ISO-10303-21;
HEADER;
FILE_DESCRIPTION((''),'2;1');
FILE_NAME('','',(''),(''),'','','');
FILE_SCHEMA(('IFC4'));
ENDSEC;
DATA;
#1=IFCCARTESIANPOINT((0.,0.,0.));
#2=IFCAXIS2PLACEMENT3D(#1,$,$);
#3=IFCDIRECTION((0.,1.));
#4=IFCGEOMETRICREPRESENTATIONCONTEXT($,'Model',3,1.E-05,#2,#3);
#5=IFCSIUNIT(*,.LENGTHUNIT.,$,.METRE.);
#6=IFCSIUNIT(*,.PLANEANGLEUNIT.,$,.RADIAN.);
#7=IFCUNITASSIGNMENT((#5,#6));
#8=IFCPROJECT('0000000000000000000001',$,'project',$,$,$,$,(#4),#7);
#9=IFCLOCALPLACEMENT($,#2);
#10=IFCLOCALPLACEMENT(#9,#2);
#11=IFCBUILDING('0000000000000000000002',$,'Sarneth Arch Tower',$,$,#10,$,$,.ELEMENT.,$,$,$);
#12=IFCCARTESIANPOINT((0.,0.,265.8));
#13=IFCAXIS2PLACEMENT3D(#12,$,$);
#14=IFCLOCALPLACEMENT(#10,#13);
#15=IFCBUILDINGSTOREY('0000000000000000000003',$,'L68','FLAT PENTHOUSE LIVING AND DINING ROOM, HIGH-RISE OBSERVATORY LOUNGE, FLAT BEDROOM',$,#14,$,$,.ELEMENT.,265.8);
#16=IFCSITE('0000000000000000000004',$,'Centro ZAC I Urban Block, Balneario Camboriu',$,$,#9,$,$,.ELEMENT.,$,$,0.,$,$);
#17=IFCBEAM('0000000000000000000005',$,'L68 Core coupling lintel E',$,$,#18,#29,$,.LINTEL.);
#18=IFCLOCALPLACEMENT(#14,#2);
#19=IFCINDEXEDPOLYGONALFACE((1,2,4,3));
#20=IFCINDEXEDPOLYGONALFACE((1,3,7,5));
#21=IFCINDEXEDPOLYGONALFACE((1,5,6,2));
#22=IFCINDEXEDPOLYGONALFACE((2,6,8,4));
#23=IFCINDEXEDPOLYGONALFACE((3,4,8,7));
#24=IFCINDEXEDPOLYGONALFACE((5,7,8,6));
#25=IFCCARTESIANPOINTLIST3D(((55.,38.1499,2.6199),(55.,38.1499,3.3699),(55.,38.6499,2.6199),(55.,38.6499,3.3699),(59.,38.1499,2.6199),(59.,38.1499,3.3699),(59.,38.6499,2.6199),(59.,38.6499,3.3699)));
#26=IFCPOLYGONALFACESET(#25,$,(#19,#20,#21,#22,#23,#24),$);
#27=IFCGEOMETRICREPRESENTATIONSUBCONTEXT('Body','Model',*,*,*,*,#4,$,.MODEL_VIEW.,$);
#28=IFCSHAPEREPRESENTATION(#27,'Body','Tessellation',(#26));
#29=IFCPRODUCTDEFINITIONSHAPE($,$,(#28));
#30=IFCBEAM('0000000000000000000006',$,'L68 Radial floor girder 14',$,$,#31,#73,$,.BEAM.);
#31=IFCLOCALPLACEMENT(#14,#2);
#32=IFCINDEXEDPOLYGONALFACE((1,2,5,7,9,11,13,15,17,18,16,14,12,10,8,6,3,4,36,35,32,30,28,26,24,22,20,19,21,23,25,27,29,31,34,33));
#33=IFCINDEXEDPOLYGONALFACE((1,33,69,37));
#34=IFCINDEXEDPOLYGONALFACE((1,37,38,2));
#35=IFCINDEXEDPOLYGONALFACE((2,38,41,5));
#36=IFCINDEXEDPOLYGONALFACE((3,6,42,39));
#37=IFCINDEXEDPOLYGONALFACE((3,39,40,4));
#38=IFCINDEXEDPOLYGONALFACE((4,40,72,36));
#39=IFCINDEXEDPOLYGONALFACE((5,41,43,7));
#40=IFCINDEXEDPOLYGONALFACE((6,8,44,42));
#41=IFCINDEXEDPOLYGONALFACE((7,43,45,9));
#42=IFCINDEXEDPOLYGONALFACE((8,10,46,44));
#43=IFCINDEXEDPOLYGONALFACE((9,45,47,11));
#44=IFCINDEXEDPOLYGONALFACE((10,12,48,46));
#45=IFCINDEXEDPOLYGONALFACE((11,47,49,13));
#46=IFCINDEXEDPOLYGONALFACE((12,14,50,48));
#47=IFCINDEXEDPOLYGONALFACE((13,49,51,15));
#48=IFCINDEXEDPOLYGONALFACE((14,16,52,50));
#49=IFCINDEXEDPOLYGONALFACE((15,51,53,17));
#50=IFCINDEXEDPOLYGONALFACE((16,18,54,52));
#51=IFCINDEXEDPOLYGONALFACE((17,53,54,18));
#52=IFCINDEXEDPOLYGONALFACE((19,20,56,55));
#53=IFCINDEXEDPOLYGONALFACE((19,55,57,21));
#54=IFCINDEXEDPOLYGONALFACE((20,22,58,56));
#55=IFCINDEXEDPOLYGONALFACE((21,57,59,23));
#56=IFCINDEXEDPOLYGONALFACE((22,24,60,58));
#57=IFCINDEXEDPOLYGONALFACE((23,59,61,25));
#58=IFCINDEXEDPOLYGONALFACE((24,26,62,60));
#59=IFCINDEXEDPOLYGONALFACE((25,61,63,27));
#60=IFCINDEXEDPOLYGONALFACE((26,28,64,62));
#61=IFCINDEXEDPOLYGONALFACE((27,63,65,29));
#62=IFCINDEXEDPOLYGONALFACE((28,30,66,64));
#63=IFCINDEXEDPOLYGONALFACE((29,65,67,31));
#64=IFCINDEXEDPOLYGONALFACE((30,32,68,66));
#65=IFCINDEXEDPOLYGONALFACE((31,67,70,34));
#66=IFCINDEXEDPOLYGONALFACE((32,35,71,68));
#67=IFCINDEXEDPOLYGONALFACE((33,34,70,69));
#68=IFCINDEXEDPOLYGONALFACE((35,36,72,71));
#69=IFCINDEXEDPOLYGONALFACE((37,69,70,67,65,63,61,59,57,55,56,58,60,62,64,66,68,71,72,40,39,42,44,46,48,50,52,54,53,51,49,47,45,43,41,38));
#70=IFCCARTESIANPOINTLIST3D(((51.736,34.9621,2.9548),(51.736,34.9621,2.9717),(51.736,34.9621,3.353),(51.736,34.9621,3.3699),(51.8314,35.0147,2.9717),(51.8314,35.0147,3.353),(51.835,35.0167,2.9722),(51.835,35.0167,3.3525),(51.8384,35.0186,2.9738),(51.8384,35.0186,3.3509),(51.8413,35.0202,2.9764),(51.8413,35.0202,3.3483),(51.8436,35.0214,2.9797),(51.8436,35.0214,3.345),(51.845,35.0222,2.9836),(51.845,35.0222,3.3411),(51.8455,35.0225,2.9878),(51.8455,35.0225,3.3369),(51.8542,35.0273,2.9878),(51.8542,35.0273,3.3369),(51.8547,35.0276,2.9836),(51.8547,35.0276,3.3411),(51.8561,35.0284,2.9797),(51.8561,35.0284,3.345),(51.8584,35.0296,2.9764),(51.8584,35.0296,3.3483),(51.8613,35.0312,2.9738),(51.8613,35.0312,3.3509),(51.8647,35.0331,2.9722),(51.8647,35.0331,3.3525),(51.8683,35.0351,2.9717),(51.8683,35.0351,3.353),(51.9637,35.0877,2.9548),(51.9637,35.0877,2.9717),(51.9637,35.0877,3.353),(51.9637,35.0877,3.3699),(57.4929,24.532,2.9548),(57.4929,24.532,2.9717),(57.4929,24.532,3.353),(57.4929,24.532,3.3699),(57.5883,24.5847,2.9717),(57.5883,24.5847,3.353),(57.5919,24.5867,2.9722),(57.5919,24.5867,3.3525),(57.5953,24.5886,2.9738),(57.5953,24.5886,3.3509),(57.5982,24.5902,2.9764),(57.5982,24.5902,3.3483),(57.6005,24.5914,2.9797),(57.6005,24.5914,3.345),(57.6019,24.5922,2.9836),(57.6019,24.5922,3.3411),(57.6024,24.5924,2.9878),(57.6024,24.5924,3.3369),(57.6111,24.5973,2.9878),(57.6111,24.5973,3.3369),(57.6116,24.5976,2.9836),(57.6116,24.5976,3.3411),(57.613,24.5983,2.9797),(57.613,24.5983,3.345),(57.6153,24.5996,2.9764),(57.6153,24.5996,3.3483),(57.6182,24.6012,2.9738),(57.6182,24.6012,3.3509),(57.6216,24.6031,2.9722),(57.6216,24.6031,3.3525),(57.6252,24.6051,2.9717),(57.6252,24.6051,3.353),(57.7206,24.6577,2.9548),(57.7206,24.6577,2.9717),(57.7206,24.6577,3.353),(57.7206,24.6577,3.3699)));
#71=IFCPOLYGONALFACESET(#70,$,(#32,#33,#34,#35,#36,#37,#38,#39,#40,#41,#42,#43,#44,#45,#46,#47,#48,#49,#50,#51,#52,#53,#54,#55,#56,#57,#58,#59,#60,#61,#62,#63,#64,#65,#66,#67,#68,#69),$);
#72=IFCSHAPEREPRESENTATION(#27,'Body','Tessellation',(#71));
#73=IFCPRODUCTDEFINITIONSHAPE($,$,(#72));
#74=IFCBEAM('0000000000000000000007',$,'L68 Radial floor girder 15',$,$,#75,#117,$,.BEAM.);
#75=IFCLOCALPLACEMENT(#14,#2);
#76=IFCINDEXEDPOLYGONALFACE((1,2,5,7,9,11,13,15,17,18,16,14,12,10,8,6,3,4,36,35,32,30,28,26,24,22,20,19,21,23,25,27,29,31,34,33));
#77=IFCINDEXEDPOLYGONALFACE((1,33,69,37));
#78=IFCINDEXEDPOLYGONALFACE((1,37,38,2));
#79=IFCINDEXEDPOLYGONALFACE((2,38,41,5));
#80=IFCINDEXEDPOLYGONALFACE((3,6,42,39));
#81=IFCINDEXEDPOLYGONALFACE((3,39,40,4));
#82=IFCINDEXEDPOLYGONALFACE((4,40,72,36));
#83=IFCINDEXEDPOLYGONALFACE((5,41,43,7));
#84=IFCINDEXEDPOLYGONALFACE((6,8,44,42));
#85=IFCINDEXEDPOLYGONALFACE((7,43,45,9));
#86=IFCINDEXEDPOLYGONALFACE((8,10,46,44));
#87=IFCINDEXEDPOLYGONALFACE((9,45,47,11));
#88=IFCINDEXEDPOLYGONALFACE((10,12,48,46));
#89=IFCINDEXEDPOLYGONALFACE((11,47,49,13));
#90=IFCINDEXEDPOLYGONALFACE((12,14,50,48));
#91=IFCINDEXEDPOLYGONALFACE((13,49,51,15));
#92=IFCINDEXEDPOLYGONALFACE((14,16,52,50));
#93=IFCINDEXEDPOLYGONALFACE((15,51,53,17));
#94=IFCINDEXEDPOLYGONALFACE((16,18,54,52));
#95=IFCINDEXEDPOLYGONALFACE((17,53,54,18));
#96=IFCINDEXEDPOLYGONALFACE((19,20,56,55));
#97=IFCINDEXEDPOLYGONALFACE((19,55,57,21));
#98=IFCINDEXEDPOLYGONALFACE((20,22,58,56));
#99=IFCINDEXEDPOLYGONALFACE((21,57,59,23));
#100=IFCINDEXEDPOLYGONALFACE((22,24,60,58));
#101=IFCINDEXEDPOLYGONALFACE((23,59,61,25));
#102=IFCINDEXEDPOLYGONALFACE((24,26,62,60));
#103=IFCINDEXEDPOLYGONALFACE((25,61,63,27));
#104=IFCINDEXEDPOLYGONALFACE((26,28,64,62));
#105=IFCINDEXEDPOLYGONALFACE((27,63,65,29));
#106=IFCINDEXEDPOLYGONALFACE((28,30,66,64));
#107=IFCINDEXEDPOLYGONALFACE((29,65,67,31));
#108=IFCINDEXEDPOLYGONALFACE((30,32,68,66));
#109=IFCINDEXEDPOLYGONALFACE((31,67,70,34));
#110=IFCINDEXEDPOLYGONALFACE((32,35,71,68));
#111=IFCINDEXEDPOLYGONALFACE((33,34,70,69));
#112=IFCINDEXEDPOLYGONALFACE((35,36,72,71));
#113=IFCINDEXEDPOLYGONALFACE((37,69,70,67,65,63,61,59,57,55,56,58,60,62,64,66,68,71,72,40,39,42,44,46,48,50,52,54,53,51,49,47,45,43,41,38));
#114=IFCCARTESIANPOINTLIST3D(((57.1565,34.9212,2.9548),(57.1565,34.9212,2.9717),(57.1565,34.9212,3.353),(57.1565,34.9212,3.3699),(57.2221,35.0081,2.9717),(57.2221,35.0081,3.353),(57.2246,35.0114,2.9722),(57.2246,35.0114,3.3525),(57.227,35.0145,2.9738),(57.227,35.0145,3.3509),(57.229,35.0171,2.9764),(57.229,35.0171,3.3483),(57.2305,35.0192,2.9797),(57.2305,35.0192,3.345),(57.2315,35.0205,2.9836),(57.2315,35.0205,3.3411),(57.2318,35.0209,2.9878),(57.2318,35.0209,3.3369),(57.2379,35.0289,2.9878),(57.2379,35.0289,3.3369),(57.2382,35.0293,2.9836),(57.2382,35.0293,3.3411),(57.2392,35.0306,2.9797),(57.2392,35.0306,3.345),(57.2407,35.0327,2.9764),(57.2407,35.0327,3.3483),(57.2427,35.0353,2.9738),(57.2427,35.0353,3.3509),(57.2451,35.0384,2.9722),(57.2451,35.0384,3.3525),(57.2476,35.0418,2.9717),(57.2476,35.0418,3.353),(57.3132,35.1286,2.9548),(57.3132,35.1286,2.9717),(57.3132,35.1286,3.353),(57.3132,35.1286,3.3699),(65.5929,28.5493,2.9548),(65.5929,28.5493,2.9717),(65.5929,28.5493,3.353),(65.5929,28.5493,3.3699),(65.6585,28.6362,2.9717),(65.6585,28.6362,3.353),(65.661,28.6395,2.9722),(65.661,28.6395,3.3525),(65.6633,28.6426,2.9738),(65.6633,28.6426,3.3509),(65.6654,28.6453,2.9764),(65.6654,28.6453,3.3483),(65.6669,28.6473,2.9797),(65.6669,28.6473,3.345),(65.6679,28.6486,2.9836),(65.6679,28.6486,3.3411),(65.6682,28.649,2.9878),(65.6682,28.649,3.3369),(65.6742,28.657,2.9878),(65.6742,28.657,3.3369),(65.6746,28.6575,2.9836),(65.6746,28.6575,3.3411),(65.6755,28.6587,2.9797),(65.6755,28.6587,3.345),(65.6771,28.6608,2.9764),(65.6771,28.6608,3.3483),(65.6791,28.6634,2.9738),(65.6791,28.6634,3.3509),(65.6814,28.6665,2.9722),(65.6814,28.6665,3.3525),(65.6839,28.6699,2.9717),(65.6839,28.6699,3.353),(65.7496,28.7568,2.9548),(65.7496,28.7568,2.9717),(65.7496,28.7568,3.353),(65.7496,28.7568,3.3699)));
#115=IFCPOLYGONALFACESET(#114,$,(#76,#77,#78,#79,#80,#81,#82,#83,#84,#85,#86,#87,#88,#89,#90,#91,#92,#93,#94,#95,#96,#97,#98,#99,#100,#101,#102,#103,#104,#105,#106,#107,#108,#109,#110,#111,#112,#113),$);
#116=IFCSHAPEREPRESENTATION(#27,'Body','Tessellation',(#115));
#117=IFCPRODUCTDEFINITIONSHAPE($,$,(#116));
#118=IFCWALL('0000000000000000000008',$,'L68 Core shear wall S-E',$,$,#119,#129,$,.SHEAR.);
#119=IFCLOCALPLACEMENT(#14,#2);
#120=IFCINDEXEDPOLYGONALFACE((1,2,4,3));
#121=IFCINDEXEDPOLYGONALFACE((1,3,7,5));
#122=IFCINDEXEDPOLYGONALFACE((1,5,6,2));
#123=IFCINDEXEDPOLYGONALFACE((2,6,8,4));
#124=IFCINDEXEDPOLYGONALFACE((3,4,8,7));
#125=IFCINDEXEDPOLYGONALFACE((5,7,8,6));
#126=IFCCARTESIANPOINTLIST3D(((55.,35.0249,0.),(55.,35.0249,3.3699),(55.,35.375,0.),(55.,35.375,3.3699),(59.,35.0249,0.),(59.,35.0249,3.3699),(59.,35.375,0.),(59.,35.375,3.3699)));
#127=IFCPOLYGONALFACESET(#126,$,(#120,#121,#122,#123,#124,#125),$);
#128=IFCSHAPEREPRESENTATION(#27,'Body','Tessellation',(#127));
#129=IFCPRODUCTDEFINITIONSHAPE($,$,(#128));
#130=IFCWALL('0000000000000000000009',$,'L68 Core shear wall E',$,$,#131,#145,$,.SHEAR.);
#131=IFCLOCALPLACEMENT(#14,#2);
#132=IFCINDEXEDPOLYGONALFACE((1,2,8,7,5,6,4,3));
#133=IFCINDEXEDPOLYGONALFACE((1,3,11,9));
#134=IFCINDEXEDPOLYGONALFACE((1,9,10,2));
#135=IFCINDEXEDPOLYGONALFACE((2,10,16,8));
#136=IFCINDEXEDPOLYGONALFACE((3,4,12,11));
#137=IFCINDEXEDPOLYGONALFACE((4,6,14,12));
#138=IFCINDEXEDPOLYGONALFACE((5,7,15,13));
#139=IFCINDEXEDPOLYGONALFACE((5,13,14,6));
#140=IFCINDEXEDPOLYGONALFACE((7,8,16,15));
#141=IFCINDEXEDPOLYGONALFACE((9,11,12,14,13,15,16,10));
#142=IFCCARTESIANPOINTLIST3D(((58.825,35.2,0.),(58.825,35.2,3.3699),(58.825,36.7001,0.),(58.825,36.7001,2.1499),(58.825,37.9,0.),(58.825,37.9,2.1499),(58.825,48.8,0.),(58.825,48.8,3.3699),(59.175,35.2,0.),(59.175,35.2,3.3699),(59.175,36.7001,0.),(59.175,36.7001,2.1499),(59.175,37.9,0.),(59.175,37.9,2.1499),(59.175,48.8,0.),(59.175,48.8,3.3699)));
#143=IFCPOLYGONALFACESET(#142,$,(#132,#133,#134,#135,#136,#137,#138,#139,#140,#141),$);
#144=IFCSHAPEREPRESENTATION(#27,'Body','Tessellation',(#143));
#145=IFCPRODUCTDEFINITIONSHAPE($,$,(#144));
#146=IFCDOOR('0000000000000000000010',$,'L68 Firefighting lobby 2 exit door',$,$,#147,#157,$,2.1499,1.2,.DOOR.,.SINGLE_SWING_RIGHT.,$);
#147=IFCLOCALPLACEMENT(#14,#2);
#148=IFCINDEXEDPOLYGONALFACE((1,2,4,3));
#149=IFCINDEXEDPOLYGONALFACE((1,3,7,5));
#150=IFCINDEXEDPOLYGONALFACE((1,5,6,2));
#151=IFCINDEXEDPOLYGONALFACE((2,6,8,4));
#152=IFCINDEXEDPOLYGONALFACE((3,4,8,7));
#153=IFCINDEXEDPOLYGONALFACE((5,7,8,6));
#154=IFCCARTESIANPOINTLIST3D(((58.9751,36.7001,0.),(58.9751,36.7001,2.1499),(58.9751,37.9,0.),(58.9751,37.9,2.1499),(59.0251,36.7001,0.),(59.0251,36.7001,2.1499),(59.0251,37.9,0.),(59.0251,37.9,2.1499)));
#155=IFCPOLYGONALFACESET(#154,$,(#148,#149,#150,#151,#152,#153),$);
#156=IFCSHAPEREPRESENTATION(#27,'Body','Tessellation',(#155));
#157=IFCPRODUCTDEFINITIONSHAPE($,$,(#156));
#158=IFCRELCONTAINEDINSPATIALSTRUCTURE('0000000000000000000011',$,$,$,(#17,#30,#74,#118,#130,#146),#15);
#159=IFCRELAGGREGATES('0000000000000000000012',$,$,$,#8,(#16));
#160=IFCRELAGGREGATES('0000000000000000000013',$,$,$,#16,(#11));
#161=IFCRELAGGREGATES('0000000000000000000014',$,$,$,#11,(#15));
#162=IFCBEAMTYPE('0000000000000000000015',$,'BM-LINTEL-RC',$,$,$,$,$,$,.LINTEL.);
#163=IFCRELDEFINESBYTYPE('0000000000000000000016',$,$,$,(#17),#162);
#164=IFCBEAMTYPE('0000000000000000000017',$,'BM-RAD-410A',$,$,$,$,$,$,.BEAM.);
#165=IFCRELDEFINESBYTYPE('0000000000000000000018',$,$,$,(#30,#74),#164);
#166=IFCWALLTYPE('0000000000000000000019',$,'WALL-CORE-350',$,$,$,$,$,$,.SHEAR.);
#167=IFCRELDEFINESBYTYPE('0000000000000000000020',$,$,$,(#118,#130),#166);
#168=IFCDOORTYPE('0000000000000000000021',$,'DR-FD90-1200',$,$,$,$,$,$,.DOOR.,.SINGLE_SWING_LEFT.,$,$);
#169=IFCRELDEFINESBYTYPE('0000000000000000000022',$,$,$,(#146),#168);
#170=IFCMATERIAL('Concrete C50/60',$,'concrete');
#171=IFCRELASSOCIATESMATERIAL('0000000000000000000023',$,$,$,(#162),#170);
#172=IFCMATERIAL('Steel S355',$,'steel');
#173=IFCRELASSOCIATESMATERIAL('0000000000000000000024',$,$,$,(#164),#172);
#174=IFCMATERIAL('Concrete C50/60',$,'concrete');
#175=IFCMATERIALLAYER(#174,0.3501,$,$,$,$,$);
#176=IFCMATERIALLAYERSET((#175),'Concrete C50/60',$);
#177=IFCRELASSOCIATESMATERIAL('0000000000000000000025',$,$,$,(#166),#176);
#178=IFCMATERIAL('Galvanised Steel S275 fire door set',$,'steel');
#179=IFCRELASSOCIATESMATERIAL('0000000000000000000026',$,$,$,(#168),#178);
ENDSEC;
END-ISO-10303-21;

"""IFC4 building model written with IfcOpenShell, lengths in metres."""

from ifc_helpers import new_model, si_unit, direction, frame, frame_2d, origin, origin_2d, place, context, subcontext, project, spatial, rectangle, i_section, extrude, material, layer, layer_set, material_profile, profile_set, type_object, element, fill, save


model = new_model("IFC4")

# Units and contexts
model_context = context("Model", 3, precision=1e-05, world=origin(), true_north=direction((0.0, 1.0)))
body_context = subcontext(model_context, "Body", "Model", "MODEL_VIEW")
ifc_project = project(units=[si_unit("LENGTHUNIT", "METRE"), si_unit("PLANEANGLEUNIT", "RADIAN")], contexts=[model_context])

# Site, building, storey
site_placement = place(None, origin())
site = spatial("IfcSite", under=ifc_project, at=site_placement, Name="Centro ZAC I Urban Block, Balneario Camboriu", CompositionType="ELEMENT", RefElevation=0.0)
building_placement = place(site_placement, origin())
building = spatial("IfcBuilding", under=site, at=building_placement, Name="Sarneth Arch Tower", CompositionType="ELEMENT")
storey_placement = place(building_placement, frame((0.0, 0.0, 265.8)))
storey = spatial("IfcBuildingStorey", under=building, at=storey_placement, Name="L68", Description="FLAT PENTHOUSE LIVING AND DINING ROOM, HIGH-RISE OBSERVATORY LOUNGE, FLAT BEDROOM", CompositionType="ELEMENT", Elevation=265.8)

# Beams
ifc_material_1 = material(Name="Concrete C50/60", Category="concrete")
ifc_material_profile_1 = material_profile(ifc_material_1, rectangle(XDim=0.5, YDim=0.75, at=origin_2d()), Name="RC-500x750")
ifc_profile_set_1 = profile_set([ifc_material_profile_1], Name="Concrete C50/60")
beam_type_1 = type_object("IfcBeamType", Name="BM-LINTEL-RC", PredefinedType="LINTEL", material=ifc_profile_set_1)
beam_1_placement = place(storey_placement, frame((55.0, 38.3999, 2.9949), z_axis=(1.0, 0.0, 0.0), x_axis=(0.0, 1.0, 0.0)))
element("IfcBeam", 1, at=beam_1_placement, inside=storey, type_object=beam_type_1, Name="L68 Core coupling lintel E", PredefinedType="LINTEL", context=body_context, shape_type="SweptSolid", body=[
    extrude(rectangle(XDim=0.5, YDim=0.75, at=origin_2d()), origin(), (0.0, 0.0, 1.0), 4.0),
])
ifc_material_2 = material(Name="Steel S355", Category="steel")
ifc_material_profile_2 = material_profile(ifc_material_2, i_section(OverallWidth=0.26, OverallDepth=0.415, WebThickness=0.01, FlangeThickness=0.0168, FilletRadius=0.0161, at=origin_2d()), Name="W410x100")
ifc_profile_set_2 = profile_set([ifc_material_profile_2], Name="Steel S355")
beam_type_2 = type_object("IfcBeamType", Name="BM-RAD-410A", PredefinedType="BEAM", material=ifc_profile_set_2)
beam_2_placement = place(storey_placement, frame((51.8499, 35.0249, 3.1624), z_axis=(0.483231, -0.875493, 0.0), x_axis=(0.875493, 0.483231, 0.0)))
element("IfcBeam", 2, at=beam_2_placement, inside=storey, type_object=beam_type_2, Name="L68 Radial floor girder 14", PredefinedType="BEAM", context=body_context, shape_type="SweptSolid", body=[
    extrude(i_section(OverallWidth=0.26, OverallDepth=0.415, WebThickness=0.01, FlangeThickness=0.0168, FilletRadius=0.0161, at=origin_2d()), origin(), (0.0, 0.0, 1.0), 11.9133),
])
beam_3_placement = place(storey_placement, frame((57.2349, 35.0249, 3.1624), z_axis=(0.79797, -0.602698, 0.0), x_axis=(0.602698, 0.79797, 0.0)))
element("IfcBeam", 3, at=beam_3_placement, inside=storey, type_object=beam_type_2, Name="L68 Radial floor girder 15", PredefinedType="BEAM", context=body_context, shape_type="SweptSolid", body=[
    extrude(i_section(OverallWidth=0.26, OverallDepth=0.415, WebThickness=0.01, FlangeThickness=0.0168, FilletRadius=0.0161, at=origin_2d()), origin(), (0.0, 0.0, 1.0), 10.5723),
])

# Wall
ifc_material_3 = material(Name="Concrete C50/60", Category="concrete")
ifc_layer_1 = layer(ifc_material_3, 0.3501)
ifc_layer_set_1 = layer_set([ifc_layer_1], Name="Concrete C50/60")
wall_type_1 = type_object("IfcWallType", Name="WALL-CORE-350", PredefinedType="SHEAR", material=ifc_layer_set_1)
wall_1_placement = place(storey_placement, frame((55.0, 35.2, 0.0), z_axis=(0.0, 0.0, 1.0), x_axis=(1.0, 0.0, 0.0)))
element("IfcWall", 4, at=wall_1_placement, inside=storey, type_object=wall_type_1, Name="L68 Core shear wall S-E", PredefinedType="SHEAR", context=body_context, shape_type="SweptSolid", body=[
    extrude(rectangle(XDim=4.0, YDim=0.3501, at=frame_2d((2.0, 0.0))), origin(), (0.0, 0.0, 1.0), 3.3699),
])

# Wall, opening, door
wall_2_placement = place(storey_placement, frame((59.0, 35.2, 0.0), z_axis=(0.0, 0.0, 1.0), x_axis=(0.0, 1.0, 0.0)))
wall_2 = element("IfcWall", 5, at=wall_2_placement, inside=storey, type_object=wall_type_1, Name="L68 Core shear wall E", PredefinedType="SHEAR", context=body_context, shape_type="SweptSolid", body=[
    extrude(rectangle(XDim=13.6001, YDim=0.3501, at=frame_2d((6.8, 0.0))), origin(), (0.0, 0.0, 1.0), 3.3699),
])
opening_1_placement = place(wall_2_placement, frame((1.5, 0.0, 0.0)))
opening_1 = element("IfcOpeningElement", 6, at=opening_1_placement, cuts=wall_2, PredefinedType="OPENING", context=body_context, shape_type="SweptSolid", body=[
    extrude(rectangle(XDim=1.2, YDim=2.1499, at=frame_2d((0.6001, 1.075))), frame((0.0, 0.1851, 0.0), z_axis=(0.0, -1.0, 0.0), x_axis=(1.0, 0.0, 0.0)), (0.0, 0.0, 1.0), 0.3701),
])
ifc_material_4 = material(Name="Galvanised Steel S275 fire door set", Category="steel")
door_type_1 = type_object("IfcDoorType", Name="DR-FD90-1200", OperationType="SINGLE_SWING_LEFT", PredefinedType="DOOR", material=ifc_material_4)
door_1_placement = place(opening_1_placement, origin())
door_1 = element("IfcDoor", 7, at=door_1_placement, inside=storey, type_object=door_type_1, Name="L68 Firefighting lobby 2 exit door", OperationType="SINGLE_SWING_RIGHT", OverallHeight=2.1499, OverallWidth=1.2, PredefinedType="DOOR", context=body_context, shape_type="SweptSolid", body=[
    extrude(rectangle(XDim=1.2, YDim=2.1499, at=frame_2d((0.6001, 1.075))), frame((0.0, 0.0249, 0.0), z_axis=(0.0, -1.0, 0.0), x_axis=(1.0, 0.0, 0.0)), (0.0, 0.0, 1.0), 0.05),
])
fill(opening_1, door_1)

save(model, "model.ifc")
